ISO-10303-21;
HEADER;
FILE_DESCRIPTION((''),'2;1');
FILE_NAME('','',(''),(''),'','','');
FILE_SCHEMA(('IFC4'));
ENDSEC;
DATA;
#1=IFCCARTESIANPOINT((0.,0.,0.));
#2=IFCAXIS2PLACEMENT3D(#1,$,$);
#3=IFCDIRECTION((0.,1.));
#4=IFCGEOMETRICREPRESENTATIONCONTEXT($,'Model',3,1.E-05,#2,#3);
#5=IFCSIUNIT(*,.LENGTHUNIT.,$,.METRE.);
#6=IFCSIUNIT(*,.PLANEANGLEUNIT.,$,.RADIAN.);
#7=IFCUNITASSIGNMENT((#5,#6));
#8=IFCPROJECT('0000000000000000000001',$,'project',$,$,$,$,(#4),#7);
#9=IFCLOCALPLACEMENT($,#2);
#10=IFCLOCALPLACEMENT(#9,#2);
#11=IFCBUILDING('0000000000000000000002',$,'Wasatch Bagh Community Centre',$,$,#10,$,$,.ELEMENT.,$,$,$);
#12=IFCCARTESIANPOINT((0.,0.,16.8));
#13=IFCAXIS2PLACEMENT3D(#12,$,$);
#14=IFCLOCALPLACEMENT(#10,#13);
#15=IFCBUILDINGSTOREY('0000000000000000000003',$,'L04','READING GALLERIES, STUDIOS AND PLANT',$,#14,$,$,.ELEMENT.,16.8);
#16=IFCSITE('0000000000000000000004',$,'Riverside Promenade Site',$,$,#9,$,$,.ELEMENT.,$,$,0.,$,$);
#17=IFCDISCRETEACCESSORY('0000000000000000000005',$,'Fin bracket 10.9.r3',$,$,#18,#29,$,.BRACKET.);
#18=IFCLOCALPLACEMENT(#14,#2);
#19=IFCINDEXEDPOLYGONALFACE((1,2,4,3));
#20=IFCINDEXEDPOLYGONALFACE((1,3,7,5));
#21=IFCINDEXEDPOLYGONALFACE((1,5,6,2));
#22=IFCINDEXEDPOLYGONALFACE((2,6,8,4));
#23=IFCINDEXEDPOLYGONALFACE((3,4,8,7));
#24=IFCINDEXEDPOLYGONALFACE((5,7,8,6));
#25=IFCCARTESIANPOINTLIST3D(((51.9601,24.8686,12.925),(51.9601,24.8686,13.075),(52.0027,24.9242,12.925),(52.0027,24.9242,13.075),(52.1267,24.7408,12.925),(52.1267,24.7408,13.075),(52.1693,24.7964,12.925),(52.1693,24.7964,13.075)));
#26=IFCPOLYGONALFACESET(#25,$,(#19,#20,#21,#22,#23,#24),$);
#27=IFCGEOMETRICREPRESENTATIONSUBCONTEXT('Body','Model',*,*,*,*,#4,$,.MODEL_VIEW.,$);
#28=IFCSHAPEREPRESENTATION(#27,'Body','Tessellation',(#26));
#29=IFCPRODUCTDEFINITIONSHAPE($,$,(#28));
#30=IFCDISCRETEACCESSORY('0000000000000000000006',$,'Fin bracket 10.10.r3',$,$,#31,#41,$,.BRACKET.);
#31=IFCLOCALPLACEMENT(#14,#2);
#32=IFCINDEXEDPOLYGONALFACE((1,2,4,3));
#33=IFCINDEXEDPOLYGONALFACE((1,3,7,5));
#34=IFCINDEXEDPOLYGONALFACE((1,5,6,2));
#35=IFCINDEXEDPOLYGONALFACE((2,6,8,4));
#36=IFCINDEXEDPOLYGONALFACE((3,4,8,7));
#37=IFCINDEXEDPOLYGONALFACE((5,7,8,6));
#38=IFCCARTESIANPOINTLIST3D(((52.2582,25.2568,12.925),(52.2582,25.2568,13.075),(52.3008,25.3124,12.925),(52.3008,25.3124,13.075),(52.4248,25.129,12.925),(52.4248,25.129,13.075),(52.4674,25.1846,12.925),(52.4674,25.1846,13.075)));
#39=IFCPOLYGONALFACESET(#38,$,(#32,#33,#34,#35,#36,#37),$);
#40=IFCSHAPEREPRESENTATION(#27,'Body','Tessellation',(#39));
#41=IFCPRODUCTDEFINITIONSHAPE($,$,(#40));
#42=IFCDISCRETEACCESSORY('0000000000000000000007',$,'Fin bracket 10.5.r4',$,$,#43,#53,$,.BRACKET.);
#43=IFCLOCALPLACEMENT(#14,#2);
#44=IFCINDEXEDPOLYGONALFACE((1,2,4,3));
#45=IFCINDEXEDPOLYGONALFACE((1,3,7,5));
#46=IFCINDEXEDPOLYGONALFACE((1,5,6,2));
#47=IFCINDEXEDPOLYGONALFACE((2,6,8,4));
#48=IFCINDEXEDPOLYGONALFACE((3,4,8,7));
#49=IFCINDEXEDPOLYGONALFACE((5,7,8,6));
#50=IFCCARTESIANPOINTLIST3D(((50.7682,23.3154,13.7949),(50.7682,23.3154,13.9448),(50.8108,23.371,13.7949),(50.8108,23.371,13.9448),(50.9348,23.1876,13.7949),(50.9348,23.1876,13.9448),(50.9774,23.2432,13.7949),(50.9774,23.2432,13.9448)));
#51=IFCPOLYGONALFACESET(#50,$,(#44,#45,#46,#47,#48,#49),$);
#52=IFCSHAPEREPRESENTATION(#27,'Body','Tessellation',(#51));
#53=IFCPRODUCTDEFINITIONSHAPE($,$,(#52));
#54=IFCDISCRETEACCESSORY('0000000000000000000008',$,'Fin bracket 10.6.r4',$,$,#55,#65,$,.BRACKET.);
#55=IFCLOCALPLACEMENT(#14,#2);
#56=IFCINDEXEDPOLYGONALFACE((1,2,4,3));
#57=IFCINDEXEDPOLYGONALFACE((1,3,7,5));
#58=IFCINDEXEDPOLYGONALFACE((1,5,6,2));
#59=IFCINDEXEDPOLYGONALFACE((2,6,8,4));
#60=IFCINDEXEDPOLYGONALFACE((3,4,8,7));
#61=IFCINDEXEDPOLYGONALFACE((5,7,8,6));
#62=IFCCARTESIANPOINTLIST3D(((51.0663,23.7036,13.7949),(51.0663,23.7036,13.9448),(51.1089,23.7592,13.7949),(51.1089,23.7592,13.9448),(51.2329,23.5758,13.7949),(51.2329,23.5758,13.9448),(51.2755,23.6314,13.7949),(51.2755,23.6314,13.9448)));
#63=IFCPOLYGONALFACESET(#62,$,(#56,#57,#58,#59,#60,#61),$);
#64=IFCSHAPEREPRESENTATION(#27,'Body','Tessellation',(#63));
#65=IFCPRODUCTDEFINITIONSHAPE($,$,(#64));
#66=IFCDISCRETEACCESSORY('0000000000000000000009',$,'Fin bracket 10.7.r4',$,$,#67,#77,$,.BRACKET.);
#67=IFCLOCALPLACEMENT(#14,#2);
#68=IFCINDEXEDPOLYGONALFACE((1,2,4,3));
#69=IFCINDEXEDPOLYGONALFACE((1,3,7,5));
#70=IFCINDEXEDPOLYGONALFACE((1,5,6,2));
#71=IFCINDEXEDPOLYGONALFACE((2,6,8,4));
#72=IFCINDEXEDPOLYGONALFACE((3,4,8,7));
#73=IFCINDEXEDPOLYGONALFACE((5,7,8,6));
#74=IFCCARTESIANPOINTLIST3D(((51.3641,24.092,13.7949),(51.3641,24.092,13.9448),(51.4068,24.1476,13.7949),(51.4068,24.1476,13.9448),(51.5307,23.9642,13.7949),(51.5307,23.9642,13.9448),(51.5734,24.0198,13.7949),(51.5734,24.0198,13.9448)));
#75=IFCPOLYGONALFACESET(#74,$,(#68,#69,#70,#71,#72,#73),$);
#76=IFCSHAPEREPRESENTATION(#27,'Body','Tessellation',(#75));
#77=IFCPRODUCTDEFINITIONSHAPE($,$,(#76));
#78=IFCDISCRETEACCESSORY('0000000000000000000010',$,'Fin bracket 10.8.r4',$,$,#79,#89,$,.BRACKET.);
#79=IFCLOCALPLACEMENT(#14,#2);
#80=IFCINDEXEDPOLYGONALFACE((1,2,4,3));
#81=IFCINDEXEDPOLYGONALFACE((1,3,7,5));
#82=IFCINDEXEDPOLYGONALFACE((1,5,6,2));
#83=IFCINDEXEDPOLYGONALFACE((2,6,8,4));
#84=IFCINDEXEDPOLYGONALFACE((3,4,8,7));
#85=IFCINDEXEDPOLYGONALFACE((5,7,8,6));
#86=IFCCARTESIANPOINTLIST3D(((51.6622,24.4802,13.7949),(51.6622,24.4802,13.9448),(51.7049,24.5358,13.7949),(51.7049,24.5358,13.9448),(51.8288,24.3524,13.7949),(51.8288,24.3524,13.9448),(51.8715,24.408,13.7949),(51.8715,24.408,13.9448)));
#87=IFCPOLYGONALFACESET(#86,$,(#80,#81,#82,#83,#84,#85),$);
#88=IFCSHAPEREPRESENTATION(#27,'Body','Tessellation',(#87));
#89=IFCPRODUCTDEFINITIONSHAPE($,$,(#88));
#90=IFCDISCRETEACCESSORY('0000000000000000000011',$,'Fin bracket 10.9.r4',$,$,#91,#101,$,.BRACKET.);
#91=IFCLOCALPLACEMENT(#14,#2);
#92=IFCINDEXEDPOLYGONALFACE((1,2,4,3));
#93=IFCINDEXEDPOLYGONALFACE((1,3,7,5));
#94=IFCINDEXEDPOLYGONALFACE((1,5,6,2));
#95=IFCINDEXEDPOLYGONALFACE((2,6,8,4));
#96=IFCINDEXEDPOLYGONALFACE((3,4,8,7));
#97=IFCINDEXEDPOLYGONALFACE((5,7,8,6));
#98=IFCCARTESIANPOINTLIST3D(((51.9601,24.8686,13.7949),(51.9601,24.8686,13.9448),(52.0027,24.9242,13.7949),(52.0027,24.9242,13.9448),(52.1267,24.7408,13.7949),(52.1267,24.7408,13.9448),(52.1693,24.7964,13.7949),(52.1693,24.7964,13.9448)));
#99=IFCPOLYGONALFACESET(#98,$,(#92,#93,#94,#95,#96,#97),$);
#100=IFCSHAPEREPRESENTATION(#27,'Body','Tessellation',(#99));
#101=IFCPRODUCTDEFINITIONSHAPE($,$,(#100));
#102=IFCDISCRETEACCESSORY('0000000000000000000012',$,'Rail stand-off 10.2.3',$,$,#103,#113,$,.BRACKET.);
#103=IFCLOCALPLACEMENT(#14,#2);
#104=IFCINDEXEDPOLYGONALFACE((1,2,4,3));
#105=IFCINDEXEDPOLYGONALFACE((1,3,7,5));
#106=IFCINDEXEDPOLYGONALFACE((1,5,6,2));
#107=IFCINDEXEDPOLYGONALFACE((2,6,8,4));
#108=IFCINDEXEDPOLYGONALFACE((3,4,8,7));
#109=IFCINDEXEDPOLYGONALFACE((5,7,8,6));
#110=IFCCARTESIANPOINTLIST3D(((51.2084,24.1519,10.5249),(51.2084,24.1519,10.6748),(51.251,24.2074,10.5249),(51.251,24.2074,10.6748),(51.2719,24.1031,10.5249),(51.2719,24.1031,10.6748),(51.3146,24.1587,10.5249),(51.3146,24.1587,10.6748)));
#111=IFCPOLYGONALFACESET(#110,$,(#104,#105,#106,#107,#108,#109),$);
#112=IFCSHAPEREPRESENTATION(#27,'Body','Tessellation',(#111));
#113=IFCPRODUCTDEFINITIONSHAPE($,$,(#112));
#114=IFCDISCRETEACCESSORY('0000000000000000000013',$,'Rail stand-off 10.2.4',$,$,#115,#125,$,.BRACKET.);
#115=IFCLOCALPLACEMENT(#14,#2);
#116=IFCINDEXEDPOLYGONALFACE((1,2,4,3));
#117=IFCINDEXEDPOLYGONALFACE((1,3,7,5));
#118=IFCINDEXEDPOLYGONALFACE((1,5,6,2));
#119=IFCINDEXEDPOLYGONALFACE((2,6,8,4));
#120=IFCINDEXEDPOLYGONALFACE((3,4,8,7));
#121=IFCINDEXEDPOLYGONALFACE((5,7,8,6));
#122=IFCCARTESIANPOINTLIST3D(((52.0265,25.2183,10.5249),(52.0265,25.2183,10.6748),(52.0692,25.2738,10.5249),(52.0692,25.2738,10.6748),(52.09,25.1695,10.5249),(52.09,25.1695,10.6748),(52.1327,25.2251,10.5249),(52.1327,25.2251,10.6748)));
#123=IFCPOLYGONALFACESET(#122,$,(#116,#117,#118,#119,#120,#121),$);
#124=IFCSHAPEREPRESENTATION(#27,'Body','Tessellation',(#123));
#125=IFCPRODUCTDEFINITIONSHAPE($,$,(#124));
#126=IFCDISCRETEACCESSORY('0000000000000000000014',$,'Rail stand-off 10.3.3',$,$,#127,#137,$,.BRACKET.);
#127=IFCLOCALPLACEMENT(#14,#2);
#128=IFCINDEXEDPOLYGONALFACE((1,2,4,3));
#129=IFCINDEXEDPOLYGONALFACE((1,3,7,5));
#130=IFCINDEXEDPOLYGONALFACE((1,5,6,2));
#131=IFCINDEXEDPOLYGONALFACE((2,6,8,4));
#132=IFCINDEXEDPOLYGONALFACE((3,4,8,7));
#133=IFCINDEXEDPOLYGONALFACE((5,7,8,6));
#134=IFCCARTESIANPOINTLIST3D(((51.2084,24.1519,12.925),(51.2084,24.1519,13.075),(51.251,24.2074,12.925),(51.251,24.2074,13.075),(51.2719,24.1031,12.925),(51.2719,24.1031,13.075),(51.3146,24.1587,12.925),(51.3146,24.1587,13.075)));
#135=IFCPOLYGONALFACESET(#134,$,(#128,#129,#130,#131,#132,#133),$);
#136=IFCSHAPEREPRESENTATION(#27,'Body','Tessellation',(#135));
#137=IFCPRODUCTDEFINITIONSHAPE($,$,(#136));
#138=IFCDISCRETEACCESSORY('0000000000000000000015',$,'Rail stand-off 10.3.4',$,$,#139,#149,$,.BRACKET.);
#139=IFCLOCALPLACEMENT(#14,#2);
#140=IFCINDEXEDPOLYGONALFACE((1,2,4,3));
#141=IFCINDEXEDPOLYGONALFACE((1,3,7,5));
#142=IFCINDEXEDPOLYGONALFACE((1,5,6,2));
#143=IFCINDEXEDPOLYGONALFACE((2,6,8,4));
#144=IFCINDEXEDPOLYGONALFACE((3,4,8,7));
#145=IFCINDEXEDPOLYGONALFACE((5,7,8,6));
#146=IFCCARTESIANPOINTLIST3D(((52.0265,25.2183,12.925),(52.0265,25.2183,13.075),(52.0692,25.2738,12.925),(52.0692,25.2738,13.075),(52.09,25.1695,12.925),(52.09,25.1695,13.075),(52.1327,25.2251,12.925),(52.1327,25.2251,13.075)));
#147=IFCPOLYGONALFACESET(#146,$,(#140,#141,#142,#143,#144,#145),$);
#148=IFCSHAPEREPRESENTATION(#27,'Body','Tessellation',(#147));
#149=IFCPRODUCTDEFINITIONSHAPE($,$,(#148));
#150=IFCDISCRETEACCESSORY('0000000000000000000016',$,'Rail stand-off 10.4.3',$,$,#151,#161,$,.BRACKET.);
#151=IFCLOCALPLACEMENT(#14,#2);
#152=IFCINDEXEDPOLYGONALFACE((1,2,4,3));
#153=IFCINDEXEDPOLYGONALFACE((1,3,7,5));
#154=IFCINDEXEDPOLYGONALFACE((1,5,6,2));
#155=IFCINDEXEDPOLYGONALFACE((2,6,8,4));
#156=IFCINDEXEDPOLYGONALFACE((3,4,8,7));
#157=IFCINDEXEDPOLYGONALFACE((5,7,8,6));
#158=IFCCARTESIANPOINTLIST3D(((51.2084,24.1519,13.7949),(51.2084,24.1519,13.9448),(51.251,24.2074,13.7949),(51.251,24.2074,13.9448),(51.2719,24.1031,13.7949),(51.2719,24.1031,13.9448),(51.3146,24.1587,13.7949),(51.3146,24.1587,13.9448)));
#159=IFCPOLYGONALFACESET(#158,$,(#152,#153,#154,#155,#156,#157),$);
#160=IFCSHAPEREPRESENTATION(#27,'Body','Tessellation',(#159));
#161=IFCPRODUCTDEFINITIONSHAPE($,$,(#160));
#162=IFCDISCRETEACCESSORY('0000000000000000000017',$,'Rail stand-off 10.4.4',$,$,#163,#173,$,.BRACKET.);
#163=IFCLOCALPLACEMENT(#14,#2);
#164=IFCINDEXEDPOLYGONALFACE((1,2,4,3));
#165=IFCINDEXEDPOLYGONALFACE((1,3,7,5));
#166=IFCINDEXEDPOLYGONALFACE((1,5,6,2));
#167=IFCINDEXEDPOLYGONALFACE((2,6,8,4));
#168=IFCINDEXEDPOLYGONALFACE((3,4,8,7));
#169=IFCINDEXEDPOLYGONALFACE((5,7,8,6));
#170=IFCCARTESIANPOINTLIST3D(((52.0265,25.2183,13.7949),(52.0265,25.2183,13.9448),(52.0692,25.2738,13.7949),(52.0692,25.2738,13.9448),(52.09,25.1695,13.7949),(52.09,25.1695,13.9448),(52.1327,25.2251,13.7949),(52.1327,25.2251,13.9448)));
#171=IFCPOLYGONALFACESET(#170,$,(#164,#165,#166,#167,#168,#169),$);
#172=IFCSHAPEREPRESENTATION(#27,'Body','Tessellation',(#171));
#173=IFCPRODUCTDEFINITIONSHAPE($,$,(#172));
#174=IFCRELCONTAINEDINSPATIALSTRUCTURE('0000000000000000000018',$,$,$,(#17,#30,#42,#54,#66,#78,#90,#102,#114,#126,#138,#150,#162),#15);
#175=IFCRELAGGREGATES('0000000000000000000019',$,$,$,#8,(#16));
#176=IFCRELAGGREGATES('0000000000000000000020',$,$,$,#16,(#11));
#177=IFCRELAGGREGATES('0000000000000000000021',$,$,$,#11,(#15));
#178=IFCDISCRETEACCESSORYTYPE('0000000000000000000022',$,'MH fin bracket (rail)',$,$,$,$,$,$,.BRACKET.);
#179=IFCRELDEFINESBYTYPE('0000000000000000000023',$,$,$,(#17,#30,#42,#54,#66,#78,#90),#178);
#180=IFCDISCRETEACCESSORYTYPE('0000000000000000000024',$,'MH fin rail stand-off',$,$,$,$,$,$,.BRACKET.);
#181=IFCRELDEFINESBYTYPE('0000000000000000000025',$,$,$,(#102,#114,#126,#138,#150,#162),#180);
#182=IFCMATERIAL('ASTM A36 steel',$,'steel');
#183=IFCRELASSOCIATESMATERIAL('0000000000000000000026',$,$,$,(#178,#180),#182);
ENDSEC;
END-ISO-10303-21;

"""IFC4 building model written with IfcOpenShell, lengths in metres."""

from ifc_helpers import new_model, si_unit, direction, frame, origin, origin_2d, place, context, subcontext, project, spatial, rectangle, extrude, material, type_object, element, save


model = new_model("IFC4")

# Units and contexts
model_context = context("Model", 3, precision=1e-05, world=origin(), true_north=direction((0.0, 1.0)))
body_context = subcontext(model_context, "Body", "Model", "MODEL_VIEW")
ifc_project = project(units=[si_unit("LENGTHUNIT", "METRE"), si_unit("PLANEANGLEUNIT", "RADIAN")], contexts=[model_context])

# Site, building, storey
site_placement = place(None, origin())
site = spatial("IfcSite", under=ifc_project, at=site_placement, Name="Riverside Promenade Site", CompositionType="ELEMENT", RefElevation=0.0)
building_placement = place(site_placement, origin())
building = spatial("IfcBuilding", under=site, at=building_placement, Name="Wasatch Bagh Community Centre", CompositionType="ELEMENT")
storey_placement = place(building_placement, frame((0.0, 0.0, 16.8)))
storey = spatial("IfcBuildingStorey", under=building, at=storey_placement, Name="L04", Description="READING GALLERIES, STUDIOS AND PLANT", CompositionType="ELEMENT", Elevation=16.8)

# Discrete accessories
ifc_material_1 = material(Name="ASTM A36 steel", Category="steel")
discrete_accessory_type_1 = type_object("IfcDiscreteAccessoryType", Name="MH fin bracket (rail)", PredefinedType="BRACKET", material=ifc_material_1)
for number, where, z_axis, x_axis, name in (
    (1, (52.0647, 24.8325, 12.925), (0.0, 0.0, 1.0), (0.608761, 0.793353, 0.0), "Fin bracket 10.9.r3"),
    (2, (52.3628, 25.2207, 12.925), (0.0, 0.0, 1.0), (0.608761, 0.793353, 0.0), "Fin bracket 10.10.r3"),
    (3, (50.8728, 23.2793, 13.7949), (0.0, 0.0, 1.0), (0.608761, 0.793353, 0.0), "Fin bracket 10.5.r4"),
    (4, (51.1709, 23.6675, 13.7949), (0.0, 0.0, 1.0), (0.608761, 0.793353, 0.0), "Fin bracket 10.6.r4"),
    (5, (51.4688, 24.0559, 13.7949), (0.0, 0.0, 1.0), (0.608761, 0.793353, 0.0), "Fin bracket 10.7.r4"),
    (6, (51.7668, 24.4441, 13.7949), (0.0, 0.0, 1.0), (0.608761, 0.793353, 0.0), "Fin bracket 10.8.r4"),
    (7, (52.0647, 24.8325, 13.7949), (0.0, 0.0, 1.0), (0.608761, 0.793353, 0.0), "Fin bracket 10.9.r4"),
):
    element("IfcDiscreteAccessory", number, at=place(storey_placement, frame(where, z_axis=z_axis, x_axis=x_axis)), inside=storey, type_object=discrete_accessory_type_1, Name=name, PredefinedType="BRACKET", context=body_context, shape_type="SweptSolid", body=[
        extrude(rectangle(XDim=0.0701, YDim=0.21, at=origin_2d()), origin(), (0.0, 0.0, 1.0), 0.1499),
    ])
discrete_accessory_type_2 = type_object("IfcDiscreteAccessoryType", Name="MH fin rail stand-off", PredefinedType="BRACKET", material=ifc_material_1)
for number, where, z_axis, x_axis, name in (
    (8, (51.2615, 24.1553, 10.5249), (0.0, 0.0, 1.0), (0.608761, 0.793353, 0.0), "Rail stand-off 10.2.3"),
    (9, (52.0796, 25.2217, 10.5249), (0.0, 0.0, 1.0), (0.608761, 0.793353, 0.0), "Rail stand-off 10.2.4"),
    (10, (51.2615, 24.1553, 12.925), (0.0, 0.0, 1.0), (0.608761, 0.793353, 0.0), "Rail stand-off 10.3.3"),
    (11, (52.0796, 25.2217, 12.925), (0.0, 0.0, 1.0), (0.608761, 0.793353, 0.0), "Rail stand-off 10.3.4"),
    (12, (51.2615, 24.1553, 13.7949), (0.0, 0.0, 1.0), (0.608761, 0.793353, 0.0), "Rail stand-off 10.4.3"),
    (13, (52.0796, 25.2217, 13.7949), (0.0, 0.0, 1.0), (0.608761, 0.793353, 0.0), "Rail stand-off 10.4.4"),
):
    element("IfcDiscreteAccessory", number, at=place(storey_placement, frame(where, z_axis=z_axis, x_axis=x_axis)), inside=storey, type_object=discrete_accessory_type_2, Name=name, PredefinedType="BRACKET", context=body_context, shape_type="SweptSolid", body=[
        extrude(rectangle(XDim=0.0701, YDim=0.0801, at=origin_2d()), origin(), (0.0, 0.0, 1.0), 0.1499),
    ])

save(model, "model.ifc")
